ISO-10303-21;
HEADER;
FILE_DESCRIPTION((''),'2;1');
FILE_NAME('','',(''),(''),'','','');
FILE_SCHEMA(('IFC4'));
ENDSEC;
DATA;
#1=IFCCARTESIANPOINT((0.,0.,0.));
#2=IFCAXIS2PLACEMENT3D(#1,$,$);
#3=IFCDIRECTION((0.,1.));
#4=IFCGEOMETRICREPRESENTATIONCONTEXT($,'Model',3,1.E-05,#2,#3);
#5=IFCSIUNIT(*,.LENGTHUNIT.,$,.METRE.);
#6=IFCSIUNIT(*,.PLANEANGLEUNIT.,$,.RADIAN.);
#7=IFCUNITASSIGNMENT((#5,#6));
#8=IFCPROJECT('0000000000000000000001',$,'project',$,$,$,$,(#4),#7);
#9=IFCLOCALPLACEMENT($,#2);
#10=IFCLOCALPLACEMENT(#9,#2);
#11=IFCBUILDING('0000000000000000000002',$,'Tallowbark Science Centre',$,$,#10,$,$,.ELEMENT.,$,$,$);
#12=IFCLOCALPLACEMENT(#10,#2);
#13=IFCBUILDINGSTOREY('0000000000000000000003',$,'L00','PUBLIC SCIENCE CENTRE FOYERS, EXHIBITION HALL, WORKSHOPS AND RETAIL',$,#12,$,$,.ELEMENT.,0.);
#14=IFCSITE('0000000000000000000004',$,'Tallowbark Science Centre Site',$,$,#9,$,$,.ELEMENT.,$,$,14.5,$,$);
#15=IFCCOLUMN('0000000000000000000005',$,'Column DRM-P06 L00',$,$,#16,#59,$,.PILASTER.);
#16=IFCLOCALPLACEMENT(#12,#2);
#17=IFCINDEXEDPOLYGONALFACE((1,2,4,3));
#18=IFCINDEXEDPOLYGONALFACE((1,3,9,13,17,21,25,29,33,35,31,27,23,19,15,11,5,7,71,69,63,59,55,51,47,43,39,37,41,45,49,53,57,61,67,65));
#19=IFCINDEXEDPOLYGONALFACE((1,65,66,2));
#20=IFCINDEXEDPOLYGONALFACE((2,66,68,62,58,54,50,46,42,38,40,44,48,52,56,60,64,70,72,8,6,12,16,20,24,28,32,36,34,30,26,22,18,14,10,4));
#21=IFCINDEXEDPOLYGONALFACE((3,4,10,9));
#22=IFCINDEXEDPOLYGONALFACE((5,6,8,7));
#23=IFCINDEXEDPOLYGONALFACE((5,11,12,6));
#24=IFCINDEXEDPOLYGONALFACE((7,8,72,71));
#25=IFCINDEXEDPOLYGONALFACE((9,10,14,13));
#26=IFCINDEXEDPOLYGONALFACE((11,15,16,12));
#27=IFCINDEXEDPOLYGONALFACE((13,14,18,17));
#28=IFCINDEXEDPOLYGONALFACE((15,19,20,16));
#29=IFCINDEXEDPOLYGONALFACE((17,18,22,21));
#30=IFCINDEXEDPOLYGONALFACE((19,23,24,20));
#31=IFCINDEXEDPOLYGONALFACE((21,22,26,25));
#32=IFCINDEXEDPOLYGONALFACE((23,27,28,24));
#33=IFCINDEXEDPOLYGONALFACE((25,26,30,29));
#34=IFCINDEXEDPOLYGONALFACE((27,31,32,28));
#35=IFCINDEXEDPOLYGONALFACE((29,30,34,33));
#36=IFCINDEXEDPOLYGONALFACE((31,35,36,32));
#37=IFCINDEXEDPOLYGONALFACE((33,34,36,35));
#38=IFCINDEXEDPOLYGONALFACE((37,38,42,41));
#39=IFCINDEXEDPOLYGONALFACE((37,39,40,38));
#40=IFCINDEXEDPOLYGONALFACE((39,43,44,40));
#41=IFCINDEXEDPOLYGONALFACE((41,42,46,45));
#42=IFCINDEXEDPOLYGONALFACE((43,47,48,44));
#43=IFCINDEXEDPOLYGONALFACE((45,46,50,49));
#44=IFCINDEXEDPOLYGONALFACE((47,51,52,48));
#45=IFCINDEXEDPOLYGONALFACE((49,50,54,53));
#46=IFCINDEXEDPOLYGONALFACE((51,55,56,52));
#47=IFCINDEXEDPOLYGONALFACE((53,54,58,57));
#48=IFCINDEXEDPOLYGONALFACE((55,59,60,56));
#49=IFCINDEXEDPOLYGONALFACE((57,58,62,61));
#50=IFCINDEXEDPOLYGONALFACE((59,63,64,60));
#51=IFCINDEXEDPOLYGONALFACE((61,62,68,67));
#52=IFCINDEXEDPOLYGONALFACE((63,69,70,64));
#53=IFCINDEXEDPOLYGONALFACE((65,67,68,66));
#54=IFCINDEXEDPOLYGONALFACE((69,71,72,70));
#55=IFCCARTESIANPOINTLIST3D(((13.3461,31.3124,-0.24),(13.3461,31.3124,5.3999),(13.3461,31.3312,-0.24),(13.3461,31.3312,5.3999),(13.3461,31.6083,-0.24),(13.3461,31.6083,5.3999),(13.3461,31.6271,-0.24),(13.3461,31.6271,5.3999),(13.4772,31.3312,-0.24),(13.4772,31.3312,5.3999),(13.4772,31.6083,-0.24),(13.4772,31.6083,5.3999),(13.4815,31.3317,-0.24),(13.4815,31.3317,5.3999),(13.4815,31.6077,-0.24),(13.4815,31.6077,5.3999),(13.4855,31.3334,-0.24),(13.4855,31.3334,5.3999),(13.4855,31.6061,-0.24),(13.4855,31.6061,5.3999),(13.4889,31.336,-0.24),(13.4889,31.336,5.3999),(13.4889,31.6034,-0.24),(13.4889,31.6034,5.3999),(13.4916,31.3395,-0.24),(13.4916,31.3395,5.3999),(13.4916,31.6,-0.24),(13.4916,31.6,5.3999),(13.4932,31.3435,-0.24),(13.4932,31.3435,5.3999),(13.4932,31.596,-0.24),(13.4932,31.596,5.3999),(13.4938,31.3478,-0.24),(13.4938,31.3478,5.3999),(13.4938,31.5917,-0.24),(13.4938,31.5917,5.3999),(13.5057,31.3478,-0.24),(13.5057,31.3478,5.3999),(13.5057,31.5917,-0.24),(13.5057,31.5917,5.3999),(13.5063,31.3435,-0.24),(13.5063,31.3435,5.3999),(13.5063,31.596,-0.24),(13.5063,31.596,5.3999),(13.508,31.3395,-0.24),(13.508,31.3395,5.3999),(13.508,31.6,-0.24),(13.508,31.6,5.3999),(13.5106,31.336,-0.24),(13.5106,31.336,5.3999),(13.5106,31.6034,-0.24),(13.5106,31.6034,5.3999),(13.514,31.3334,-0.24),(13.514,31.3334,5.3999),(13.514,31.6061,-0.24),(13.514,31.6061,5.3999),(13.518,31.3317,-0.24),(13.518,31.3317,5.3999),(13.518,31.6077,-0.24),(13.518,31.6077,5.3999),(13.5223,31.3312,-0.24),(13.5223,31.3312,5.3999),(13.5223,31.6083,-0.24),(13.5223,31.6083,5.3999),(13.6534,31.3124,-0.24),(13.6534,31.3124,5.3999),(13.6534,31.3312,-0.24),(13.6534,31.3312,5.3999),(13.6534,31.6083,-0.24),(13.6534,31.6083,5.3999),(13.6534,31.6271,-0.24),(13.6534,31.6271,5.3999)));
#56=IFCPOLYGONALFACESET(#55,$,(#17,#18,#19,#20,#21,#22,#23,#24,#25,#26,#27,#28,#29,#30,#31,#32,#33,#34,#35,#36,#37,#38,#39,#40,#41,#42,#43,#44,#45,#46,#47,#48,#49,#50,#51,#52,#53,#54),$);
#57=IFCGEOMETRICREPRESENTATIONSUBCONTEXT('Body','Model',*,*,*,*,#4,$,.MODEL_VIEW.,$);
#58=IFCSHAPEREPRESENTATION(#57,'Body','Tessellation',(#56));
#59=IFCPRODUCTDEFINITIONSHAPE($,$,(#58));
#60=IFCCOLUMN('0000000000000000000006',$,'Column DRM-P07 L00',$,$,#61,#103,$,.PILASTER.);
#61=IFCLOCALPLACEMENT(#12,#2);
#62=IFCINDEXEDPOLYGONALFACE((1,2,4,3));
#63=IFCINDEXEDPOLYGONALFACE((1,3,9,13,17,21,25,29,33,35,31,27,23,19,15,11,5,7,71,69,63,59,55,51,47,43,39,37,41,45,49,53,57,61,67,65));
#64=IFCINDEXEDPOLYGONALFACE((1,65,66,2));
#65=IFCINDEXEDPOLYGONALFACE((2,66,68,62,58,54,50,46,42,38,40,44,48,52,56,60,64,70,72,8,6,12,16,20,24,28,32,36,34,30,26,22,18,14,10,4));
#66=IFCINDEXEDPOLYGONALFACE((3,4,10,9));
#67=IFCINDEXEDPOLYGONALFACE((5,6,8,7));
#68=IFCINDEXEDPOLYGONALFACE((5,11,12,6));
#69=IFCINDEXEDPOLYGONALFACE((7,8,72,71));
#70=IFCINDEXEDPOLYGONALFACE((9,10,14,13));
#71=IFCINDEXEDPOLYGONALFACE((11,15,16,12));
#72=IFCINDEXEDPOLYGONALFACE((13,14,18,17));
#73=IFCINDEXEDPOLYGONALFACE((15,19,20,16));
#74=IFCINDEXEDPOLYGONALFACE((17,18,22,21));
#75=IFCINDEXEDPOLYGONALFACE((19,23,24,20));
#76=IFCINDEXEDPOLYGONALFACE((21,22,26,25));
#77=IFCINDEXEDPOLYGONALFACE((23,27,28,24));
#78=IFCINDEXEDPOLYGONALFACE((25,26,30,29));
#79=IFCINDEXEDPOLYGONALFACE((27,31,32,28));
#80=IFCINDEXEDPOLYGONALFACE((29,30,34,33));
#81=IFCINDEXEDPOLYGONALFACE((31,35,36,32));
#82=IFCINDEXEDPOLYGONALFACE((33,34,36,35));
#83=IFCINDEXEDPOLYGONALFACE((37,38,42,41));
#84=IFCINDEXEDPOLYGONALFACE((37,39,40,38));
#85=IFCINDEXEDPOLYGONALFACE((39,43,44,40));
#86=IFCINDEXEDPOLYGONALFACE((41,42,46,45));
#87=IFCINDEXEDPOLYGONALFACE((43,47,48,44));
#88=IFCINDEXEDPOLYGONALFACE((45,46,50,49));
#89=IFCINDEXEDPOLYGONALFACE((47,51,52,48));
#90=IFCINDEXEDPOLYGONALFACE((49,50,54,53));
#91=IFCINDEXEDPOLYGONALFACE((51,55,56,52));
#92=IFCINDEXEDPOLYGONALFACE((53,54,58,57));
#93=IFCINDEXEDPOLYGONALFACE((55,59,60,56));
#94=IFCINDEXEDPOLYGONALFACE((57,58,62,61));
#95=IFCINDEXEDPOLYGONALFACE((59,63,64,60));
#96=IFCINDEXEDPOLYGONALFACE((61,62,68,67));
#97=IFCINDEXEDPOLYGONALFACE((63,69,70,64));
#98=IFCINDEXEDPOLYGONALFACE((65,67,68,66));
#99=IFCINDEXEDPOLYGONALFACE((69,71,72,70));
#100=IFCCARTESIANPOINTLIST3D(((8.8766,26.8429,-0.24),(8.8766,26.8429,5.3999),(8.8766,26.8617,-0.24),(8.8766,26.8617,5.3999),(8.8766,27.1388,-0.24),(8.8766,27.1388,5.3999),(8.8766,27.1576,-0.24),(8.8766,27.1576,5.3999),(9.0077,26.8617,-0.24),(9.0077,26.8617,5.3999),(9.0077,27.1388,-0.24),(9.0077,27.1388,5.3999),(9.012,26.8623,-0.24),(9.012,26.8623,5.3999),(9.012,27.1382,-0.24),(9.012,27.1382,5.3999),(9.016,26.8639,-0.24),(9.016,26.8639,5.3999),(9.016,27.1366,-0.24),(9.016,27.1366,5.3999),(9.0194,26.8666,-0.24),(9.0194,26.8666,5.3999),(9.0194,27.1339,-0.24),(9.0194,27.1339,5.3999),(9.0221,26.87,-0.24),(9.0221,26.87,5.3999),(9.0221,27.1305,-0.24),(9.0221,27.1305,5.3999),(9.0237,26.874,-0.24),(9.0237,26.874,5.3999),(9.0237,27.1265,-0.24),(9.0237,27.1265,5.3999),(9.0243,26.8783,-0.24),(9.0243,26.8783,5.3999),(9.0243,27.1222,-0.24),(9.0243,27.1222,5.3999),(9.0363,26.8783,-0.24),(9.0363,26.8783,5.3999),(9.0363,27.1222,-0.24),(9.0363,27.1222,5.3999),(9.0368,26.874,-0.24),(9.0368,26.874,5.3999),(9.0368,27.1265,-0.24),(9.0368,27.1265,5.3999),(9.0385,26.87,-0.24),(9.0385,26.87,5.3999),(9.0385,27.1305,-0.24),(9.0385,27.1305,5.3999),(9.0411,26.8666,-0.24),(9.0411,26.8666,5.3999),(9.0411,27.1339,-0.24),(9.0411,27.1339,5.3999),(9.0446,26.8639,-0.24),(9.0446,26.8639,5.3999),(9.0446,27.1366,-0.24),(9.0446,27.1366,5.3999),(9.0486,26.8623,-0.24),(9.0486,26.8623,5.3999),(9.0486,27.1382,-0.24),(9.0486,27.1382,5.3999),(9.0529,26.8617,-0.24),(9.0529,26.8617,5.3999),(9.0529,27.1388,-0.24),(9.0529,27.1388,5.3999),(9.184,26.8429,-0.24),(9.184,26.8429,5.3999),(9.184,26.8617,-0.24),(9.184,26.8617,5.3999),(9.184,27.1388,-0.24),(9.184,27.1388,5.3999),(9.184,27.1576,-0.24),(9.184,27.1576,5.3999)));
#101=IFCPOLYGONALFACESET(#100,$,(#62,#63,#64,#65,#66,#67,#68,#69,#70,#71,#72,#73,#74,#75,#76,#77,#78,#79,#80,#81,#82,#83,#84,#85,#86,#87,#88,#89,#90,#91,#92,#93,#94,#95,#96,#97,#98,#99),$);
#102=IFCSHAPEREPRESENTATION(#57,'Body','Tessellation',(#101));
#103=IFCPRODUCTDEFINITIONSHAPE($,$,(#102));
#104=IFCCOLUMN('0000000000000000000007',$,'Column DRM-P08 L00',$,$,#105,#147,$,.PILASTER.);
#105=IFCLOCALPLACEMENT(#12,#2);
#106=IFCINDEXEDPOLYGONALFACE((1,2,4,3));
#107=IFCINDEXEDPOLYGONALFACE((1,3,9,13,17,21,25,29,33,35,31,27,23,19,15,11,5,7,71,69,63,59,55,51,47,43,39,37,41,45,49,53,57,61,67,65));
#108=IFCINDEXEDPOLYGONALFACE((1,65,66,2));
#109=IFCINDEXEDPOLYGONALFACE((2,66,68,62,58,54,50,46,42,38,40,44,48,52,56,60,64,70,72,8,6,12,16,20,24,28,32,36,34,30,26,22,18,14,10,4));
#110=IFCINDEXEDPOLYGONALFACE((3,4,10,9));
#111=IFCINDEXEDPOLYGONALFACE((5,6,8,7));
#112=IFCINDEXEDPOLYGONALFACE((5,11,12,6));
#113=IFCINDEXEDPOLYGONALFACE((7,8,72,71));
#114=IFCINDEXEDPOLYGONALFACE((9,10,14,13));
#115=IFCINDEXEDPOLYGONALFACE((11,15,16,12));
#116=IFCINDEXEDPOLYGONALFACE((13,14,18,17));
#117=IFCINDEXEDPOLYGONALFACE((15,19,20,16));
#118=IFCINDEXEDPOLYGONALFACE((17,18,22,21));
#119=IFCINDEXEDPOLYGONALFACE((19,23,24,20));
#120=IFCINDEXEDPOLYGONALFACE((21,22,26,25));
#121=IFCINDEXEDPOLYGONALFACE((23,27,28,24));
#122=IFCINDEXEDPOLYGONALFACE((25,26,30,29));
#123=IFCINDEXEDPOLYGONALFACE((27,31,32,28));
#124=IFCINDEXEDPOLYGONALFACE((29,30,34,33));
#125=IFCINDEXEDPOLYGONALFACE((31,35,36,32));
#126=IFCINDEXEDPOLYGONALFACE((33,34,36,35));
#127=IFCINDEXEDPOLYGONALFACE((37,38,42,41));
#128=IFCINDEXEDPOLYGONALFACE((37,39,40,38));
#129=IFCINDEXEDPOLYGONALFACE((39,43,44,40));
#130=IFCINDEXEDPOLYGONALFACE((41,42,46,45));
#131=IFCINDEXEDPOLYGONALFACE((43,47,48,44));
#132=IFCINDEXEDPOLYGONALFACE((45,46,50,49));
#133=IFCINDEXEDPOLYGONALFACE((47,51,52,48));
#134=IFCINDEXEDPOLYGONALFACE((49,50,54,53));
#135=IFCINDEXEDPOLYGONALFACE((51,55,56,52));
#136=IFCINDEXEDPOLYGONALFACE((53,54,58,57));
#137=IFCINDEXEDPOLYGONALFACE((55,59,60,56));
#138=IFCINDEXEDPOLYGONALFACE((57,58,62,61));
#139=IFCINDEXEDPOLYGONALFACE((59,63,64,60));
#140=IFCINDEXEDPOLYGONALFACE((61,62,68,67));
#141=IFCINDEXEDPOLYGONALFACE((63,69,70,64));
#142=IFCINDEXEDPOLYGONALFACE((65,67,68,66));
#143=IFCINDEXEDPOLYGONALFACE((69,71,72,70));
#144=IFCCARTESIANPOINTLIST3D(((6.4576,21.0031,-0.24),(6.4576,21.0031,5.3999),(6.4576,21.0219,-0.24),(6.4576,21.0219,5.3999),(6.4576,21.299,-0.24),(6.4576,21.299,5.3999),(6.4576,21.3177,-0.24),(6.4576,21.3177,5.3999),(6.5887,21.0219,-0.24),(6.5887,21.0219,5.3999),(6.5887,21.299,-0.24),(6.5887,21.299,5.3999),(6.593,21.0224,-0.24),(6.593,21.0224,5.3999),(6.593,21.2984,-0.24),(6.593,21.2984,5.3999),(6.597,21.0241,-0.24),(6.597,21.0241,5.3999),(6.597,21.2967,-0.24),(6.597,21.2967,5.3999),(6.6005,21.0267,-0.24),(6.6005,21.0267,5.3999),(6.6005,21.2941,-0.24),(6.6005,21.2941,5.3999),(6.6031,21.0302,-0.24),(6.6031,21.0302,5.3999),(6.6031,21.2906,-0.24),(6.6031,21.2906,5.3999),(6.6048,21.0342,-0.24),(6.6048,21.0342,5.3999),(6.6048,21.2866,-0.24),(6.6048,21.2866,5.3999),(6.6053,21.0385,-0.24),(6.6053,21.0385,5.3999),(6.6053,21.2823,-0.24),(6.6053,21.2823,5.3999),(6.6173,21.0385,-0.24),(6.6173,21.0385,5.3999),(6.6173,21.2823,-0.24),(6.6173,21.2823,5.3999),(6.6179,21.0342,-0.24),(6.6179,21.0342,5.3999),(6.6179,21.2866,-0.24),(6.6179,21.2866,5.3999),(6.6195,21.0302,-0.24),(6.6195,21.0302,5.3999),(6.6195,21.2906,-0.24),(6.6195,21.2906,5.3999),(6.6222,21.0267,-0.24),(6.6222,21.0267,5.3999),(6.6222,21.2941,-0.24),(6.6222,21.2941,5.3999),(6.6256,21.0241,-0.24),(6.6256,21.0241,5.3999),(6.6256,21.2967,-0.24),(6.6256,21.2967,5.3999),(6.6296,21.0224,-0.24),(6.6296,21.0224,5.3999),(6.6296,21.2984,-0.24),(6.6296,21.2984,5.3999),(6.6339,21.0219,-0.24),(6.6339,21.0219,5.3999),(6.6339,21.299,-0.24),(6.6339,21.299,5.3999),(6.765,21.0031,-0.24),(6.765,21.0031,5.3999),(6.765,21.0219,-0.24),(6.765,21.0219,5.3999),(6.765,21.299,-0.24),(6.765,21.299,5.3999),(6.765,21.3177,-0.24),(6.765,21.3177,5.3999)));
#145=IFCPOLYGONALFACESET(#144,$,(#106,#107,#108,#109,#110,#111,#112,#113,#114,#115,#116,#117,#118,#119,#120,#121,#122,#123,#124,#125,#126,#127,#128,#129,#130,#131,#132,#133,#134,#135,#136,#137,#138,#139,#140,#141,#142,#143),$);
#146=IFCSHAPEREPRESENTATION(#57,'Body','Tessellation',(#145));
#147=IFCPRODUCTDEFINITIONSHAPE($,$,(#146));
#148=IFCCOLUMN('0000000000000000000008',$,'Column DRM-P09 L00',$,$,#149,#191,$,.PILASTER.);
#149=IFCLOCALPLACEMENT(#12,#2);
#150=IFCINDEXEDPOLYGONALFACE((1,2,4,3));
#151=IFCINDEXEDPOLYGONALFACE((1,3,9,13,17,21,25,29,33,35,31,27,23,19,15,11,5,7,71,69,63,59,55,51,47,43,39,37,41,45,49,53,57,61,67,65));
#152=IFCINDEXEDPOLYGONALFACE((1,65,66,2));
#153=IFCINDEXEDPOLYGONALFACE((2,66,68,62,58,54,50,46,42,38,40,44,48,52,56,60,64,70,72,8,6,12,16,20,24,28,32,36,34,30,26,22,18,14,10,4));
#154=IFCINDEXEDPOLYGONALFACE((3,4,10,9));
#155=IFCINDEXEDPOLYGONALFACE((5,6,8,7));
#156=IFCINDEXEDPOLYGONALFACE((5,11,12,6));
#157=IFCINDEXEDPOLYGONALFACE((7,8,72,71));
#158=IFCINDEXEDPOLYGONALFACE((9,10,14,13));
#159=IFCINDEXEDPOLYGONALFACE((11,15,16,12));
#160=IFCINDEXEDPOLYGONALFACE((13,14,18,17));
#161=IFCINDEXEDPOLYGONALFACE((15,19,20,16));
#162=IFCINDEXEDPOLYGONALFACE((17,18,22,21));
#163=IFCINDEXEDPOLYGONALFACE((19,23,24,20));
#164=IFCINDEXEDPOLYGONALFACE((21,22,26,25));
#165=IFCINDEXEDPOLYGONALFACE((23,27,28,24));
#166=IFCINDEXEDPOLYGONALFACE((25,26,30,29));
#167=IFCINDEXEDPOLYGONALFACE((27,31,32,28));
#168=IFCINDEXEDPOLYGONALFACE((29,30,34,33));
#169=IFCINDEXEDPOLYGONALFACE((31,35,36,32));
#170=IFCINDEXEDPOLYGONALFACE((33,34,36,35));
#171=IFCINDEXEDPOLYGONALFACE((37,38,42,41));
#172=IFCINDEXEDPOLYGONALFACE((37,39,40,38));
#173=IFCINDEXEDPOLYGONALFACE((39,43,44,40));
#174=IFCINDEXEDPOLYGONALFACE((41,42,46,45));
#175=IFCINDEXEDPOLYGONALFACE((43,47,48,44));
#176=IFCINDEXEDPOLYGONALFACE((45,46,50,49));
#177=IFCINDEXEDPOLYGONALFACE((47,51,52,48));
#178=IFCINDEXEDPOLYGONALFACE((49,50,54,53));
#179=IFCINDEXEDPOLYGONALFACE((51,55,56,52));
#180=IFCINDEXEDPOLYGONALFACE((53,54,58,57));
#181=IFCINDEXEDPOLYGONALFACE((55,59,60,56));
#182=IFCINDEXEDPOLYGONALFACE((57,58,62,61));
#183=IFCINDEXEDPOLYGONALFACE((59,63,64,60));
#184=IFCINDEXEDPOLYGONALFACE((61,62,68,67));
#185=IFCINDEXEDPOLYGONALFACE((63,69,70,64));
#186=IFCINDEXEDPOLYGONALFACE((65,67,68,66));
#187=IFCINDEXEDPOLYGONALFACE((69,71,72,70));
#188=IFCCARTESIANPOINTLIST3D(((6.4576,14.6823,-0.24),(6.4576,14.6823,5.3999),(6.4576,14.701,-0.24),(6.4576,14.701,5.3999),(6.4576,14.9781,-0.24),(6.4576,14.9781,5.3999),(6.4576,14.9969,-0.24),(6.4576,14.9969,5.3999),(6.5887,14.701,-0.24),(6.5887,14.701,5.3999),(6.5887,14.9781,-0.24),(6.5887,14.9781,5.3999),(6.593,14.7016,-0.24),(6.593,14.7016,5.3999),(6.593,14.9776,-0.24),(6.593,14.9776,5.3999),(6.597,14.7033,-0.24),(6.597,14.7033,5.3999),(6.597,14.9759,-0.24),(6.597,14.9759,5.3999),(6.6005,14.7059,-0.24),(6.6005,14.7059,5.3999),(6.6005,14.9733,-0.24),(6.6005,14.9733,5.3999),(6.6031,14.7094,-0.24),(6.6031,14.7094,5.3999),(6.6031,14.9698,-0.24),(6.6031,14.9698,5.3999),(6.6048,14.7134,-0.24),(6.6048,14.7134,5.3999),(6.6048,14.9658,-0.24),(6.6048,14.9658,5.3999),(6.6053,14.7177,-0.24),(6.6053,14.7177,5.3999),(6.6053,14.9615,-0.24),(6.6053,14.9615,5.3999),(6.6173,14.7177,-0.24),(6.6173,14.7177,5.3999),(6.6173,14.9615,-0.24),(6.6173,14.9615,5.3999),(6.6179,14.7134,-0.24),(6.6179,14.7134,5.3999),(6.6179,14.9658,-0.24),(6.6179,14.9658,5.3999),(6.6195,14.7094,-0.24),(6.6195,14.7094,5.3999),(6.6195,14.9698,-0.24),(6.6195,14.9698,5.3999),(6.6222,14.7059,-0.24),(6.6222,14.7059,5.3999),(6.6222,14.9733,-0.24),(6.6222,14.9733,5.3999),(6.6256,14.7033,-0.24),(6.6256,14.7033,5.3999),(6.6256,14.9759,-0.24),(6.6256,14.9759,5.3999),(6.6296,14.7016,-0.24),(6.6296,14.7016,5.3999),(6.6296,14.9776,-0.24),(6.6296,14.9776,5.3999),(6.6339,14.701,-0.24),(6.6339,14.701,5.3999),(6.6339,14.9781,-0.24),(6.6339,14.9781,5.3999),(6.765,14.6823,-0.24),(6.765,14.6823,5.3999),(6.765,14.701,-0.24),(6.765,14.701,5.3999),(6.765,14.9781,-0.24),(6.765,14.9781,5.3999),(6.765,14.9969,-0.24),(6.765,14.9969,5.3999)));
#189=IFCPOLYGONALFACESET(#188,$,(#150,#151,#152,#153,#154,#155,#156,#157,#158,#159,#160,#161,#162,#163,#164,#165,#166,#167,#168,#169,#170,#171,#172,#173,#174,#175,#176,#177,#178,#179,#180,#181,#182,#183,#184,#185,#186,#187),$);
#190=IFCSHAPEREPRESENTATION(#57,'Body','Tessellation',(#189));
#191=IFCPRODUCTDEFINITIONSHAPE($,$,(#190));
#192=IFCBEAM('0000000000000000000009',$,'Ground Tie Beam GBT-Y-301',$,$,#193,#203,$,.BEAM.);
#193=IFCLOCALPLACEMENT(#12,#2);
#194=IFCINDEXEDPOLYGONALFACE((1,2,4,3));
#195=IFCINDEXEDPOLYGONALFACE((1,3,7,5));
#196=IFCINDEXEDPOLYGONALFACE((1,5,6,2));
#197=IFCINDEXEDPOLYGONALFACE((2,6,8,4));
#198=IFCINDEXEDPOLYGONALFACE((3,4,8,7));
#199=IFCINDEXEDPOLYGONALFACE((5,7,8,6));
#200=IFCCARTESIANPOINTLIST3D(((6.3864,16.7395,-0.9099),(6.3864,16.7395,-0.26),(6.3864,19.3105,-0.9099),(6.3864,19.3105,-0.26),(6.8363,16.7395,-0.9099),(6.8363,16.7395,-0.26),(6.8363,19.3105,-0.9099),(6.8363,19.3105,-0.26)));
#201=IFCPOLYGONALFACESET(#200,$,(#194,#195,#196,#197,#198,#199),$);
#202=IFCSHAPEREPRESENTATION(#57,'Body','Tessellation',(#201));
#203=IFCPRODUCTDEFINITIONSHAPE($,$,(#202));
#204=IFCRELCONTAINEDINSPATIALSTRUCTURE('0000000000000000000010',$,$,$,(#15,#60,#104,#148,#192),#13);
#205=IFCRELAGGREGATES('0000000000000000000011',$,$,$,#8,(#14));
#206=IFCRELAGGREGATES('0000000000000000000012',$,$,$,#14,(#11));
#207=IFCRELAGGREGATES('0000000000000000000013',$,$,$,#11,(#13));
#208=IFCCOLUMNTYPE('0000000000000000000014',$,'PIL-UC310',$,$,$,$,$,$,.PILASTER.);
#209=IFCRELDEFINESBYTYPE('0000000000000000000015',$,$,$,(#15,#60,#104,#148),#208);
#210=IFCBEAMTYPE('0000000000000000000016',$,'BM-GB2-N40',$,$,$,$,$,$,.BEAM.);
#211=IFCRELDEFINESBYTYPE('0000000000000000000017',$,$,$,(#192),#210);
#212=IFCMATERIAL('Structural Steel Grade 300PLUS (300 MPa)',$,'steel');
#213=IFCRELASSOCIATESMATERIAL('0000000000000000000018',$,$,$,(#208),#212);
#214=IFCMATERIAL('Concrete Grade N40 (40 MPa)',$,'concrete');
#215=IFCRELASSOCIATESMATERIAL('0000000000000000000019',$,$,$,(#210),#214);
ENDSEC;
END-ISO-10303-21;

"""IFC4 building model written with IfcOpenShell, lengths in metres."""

from ifc_helpers import new_model, si_unit, direction, frame, origin, origin_2d, place, context, subcontext, project, spatial, rectangle, i_section, extrude, material, material_profile, profile_set, type_object, element, save


model = new_model("IFC4")

# Units and contexts
model_context = context("Model", 3, precision=1e-05, world=origin(), true_north=direction((0.0, 1.0)))
body_context = subcontext(model_context, "Body", "Model", "MODEL_VIEW")
ifc_project = project(units=[si_unit("LENGTHUNIT", "METRE"), si_unit("PLANEANGLEUNIT", "RADIAN")], contexts=[model_context])

# Site, building, storey
site_placement = place(None, origin())
site = spatial("IfcSite", under=ifc_project, at=site_placement, Name="Tallowbark Science Centre Site", CompositionType="ELEMENT", RefElevation=14.5)
building_placement = place(site_placement, origin())
building = spatial("IfcBuilding", under=site, at=building_placement, Name="Tallowbark Science Centre", CompositionType="ELEMENT")
storey_placement = place(building_placement, origin())
storey = spatial("IfcBuildingStorey", under=building, at=storey_placement, Name="L00", Description="PUBLIC SCIENCE CENTRE FOYERS, EXHIBITION HALL, WORKSHOPS AND RETAIL", CompositionType="ELEMENT", Elevation=0.0)

# Shared definitions
ifc_material_1 = material(Name="Concrete Grade N40 (40 MPa)", Category="concrete")

# Columns
ifc_material_2 = material(Name="Structural Steel Grade 300PLUS (300 MPa)", Category="steel")
ifc_material_profile_1 = material_profile(ifc_material_2, i_section(OverallWidth=0.3074, OverallDepth=0.3147, WebThickness=0.012, FlangeThickness=0.0188, FilletRadius=0.0166, at=origin_2d()), Name="310UC118")
ifc_profile_set_1 = profile_set([ifc_material_profile_1], Name="Structural Steel Grade 300PLUS (300 MPa)")
column_type_1 = type_object("IfcColumnType", Name="PIL-UC310", PredefinedType="PILASTER", material=ifc_profile_set_1)
for number, where, z_axis, x_axis, name in (
    (1, (13.4998, 31.4697, -0.24), (0.0, 0.0, 1.0), (1.0, 0.0, 0.0), "Column DRM-P06 L00"),
    (2, (9.0303, 27.0002, -0.24), (0.0, 0.0, 1.0), (1.0, 0.0, 0.0), "Column DRM-P07 L00"),
    (3, (6.6113, 21.1604, -0.24), (0.0, 0.0, 1.0), (1.0, 0.0, 0.0), "Column DRM-P08 L00"),
    (4, (6.6113, 14.8396, -0.24), (0.0, 0.0, 1.0), (1.0, 0.0, 0.0), "Column DRM-P09 L00"),
):
    element("IfcColumn", number, at=place(storey_placement, frame(where, z_axis=z_axis, x_axis=x_axis)), inside=storey, type_object=column_type_1, Name=name, PredefinedType="PILASTER", context=body_context, shape_type="SweptSolid", body=[
        extrude(i_section(OverallWidth=0.3074, OverallDepth=0.3147, WebThickness=0.012, FlangeThickness=0.0188, FilletRadius=0.0166, at=origin_2d()), origin(), (0.0, 0.0, 1.0), 5.6399),
    ])

# Beam
ifc_material_profile_2 = material_profile(ifc_material_1, rectangle(XDim=0.45, YDim=0.6499, at=origin_2d()), Name="RC450x650")
ifc_profile_set_2 = profile_set([ifc_material_profile_2], Name="Concrete Grade N40 (40 MPa)")
beam_type = type_object("IfcBeamType", Name="BM-GB2-N40", PredefinedType="BEAM", material=ifc_profile_set_2)
beam_1_placement = place(storey_placement, frame((6.6113, 16.7395, -0.585), z_axis=(0.0, 1.0, 0.0), x_axis=(-1.0, 0.0, 0.0)))
element("IfcBeam", 5, at=beam_1_placement, inside=storey, type_object=beam_type, Name="Ground Tie Beam GBT-Y-301", PredefinedType="BEAM", context=body_context, shape_type="SweptSolid", body=[
    extrude(rectangle(XDim=0.45, YDim=0.6499, at=origin_2d()), origin(), (0.0, 0.0, 1.0), 2.571),
])

save(model, "model.ifc")
